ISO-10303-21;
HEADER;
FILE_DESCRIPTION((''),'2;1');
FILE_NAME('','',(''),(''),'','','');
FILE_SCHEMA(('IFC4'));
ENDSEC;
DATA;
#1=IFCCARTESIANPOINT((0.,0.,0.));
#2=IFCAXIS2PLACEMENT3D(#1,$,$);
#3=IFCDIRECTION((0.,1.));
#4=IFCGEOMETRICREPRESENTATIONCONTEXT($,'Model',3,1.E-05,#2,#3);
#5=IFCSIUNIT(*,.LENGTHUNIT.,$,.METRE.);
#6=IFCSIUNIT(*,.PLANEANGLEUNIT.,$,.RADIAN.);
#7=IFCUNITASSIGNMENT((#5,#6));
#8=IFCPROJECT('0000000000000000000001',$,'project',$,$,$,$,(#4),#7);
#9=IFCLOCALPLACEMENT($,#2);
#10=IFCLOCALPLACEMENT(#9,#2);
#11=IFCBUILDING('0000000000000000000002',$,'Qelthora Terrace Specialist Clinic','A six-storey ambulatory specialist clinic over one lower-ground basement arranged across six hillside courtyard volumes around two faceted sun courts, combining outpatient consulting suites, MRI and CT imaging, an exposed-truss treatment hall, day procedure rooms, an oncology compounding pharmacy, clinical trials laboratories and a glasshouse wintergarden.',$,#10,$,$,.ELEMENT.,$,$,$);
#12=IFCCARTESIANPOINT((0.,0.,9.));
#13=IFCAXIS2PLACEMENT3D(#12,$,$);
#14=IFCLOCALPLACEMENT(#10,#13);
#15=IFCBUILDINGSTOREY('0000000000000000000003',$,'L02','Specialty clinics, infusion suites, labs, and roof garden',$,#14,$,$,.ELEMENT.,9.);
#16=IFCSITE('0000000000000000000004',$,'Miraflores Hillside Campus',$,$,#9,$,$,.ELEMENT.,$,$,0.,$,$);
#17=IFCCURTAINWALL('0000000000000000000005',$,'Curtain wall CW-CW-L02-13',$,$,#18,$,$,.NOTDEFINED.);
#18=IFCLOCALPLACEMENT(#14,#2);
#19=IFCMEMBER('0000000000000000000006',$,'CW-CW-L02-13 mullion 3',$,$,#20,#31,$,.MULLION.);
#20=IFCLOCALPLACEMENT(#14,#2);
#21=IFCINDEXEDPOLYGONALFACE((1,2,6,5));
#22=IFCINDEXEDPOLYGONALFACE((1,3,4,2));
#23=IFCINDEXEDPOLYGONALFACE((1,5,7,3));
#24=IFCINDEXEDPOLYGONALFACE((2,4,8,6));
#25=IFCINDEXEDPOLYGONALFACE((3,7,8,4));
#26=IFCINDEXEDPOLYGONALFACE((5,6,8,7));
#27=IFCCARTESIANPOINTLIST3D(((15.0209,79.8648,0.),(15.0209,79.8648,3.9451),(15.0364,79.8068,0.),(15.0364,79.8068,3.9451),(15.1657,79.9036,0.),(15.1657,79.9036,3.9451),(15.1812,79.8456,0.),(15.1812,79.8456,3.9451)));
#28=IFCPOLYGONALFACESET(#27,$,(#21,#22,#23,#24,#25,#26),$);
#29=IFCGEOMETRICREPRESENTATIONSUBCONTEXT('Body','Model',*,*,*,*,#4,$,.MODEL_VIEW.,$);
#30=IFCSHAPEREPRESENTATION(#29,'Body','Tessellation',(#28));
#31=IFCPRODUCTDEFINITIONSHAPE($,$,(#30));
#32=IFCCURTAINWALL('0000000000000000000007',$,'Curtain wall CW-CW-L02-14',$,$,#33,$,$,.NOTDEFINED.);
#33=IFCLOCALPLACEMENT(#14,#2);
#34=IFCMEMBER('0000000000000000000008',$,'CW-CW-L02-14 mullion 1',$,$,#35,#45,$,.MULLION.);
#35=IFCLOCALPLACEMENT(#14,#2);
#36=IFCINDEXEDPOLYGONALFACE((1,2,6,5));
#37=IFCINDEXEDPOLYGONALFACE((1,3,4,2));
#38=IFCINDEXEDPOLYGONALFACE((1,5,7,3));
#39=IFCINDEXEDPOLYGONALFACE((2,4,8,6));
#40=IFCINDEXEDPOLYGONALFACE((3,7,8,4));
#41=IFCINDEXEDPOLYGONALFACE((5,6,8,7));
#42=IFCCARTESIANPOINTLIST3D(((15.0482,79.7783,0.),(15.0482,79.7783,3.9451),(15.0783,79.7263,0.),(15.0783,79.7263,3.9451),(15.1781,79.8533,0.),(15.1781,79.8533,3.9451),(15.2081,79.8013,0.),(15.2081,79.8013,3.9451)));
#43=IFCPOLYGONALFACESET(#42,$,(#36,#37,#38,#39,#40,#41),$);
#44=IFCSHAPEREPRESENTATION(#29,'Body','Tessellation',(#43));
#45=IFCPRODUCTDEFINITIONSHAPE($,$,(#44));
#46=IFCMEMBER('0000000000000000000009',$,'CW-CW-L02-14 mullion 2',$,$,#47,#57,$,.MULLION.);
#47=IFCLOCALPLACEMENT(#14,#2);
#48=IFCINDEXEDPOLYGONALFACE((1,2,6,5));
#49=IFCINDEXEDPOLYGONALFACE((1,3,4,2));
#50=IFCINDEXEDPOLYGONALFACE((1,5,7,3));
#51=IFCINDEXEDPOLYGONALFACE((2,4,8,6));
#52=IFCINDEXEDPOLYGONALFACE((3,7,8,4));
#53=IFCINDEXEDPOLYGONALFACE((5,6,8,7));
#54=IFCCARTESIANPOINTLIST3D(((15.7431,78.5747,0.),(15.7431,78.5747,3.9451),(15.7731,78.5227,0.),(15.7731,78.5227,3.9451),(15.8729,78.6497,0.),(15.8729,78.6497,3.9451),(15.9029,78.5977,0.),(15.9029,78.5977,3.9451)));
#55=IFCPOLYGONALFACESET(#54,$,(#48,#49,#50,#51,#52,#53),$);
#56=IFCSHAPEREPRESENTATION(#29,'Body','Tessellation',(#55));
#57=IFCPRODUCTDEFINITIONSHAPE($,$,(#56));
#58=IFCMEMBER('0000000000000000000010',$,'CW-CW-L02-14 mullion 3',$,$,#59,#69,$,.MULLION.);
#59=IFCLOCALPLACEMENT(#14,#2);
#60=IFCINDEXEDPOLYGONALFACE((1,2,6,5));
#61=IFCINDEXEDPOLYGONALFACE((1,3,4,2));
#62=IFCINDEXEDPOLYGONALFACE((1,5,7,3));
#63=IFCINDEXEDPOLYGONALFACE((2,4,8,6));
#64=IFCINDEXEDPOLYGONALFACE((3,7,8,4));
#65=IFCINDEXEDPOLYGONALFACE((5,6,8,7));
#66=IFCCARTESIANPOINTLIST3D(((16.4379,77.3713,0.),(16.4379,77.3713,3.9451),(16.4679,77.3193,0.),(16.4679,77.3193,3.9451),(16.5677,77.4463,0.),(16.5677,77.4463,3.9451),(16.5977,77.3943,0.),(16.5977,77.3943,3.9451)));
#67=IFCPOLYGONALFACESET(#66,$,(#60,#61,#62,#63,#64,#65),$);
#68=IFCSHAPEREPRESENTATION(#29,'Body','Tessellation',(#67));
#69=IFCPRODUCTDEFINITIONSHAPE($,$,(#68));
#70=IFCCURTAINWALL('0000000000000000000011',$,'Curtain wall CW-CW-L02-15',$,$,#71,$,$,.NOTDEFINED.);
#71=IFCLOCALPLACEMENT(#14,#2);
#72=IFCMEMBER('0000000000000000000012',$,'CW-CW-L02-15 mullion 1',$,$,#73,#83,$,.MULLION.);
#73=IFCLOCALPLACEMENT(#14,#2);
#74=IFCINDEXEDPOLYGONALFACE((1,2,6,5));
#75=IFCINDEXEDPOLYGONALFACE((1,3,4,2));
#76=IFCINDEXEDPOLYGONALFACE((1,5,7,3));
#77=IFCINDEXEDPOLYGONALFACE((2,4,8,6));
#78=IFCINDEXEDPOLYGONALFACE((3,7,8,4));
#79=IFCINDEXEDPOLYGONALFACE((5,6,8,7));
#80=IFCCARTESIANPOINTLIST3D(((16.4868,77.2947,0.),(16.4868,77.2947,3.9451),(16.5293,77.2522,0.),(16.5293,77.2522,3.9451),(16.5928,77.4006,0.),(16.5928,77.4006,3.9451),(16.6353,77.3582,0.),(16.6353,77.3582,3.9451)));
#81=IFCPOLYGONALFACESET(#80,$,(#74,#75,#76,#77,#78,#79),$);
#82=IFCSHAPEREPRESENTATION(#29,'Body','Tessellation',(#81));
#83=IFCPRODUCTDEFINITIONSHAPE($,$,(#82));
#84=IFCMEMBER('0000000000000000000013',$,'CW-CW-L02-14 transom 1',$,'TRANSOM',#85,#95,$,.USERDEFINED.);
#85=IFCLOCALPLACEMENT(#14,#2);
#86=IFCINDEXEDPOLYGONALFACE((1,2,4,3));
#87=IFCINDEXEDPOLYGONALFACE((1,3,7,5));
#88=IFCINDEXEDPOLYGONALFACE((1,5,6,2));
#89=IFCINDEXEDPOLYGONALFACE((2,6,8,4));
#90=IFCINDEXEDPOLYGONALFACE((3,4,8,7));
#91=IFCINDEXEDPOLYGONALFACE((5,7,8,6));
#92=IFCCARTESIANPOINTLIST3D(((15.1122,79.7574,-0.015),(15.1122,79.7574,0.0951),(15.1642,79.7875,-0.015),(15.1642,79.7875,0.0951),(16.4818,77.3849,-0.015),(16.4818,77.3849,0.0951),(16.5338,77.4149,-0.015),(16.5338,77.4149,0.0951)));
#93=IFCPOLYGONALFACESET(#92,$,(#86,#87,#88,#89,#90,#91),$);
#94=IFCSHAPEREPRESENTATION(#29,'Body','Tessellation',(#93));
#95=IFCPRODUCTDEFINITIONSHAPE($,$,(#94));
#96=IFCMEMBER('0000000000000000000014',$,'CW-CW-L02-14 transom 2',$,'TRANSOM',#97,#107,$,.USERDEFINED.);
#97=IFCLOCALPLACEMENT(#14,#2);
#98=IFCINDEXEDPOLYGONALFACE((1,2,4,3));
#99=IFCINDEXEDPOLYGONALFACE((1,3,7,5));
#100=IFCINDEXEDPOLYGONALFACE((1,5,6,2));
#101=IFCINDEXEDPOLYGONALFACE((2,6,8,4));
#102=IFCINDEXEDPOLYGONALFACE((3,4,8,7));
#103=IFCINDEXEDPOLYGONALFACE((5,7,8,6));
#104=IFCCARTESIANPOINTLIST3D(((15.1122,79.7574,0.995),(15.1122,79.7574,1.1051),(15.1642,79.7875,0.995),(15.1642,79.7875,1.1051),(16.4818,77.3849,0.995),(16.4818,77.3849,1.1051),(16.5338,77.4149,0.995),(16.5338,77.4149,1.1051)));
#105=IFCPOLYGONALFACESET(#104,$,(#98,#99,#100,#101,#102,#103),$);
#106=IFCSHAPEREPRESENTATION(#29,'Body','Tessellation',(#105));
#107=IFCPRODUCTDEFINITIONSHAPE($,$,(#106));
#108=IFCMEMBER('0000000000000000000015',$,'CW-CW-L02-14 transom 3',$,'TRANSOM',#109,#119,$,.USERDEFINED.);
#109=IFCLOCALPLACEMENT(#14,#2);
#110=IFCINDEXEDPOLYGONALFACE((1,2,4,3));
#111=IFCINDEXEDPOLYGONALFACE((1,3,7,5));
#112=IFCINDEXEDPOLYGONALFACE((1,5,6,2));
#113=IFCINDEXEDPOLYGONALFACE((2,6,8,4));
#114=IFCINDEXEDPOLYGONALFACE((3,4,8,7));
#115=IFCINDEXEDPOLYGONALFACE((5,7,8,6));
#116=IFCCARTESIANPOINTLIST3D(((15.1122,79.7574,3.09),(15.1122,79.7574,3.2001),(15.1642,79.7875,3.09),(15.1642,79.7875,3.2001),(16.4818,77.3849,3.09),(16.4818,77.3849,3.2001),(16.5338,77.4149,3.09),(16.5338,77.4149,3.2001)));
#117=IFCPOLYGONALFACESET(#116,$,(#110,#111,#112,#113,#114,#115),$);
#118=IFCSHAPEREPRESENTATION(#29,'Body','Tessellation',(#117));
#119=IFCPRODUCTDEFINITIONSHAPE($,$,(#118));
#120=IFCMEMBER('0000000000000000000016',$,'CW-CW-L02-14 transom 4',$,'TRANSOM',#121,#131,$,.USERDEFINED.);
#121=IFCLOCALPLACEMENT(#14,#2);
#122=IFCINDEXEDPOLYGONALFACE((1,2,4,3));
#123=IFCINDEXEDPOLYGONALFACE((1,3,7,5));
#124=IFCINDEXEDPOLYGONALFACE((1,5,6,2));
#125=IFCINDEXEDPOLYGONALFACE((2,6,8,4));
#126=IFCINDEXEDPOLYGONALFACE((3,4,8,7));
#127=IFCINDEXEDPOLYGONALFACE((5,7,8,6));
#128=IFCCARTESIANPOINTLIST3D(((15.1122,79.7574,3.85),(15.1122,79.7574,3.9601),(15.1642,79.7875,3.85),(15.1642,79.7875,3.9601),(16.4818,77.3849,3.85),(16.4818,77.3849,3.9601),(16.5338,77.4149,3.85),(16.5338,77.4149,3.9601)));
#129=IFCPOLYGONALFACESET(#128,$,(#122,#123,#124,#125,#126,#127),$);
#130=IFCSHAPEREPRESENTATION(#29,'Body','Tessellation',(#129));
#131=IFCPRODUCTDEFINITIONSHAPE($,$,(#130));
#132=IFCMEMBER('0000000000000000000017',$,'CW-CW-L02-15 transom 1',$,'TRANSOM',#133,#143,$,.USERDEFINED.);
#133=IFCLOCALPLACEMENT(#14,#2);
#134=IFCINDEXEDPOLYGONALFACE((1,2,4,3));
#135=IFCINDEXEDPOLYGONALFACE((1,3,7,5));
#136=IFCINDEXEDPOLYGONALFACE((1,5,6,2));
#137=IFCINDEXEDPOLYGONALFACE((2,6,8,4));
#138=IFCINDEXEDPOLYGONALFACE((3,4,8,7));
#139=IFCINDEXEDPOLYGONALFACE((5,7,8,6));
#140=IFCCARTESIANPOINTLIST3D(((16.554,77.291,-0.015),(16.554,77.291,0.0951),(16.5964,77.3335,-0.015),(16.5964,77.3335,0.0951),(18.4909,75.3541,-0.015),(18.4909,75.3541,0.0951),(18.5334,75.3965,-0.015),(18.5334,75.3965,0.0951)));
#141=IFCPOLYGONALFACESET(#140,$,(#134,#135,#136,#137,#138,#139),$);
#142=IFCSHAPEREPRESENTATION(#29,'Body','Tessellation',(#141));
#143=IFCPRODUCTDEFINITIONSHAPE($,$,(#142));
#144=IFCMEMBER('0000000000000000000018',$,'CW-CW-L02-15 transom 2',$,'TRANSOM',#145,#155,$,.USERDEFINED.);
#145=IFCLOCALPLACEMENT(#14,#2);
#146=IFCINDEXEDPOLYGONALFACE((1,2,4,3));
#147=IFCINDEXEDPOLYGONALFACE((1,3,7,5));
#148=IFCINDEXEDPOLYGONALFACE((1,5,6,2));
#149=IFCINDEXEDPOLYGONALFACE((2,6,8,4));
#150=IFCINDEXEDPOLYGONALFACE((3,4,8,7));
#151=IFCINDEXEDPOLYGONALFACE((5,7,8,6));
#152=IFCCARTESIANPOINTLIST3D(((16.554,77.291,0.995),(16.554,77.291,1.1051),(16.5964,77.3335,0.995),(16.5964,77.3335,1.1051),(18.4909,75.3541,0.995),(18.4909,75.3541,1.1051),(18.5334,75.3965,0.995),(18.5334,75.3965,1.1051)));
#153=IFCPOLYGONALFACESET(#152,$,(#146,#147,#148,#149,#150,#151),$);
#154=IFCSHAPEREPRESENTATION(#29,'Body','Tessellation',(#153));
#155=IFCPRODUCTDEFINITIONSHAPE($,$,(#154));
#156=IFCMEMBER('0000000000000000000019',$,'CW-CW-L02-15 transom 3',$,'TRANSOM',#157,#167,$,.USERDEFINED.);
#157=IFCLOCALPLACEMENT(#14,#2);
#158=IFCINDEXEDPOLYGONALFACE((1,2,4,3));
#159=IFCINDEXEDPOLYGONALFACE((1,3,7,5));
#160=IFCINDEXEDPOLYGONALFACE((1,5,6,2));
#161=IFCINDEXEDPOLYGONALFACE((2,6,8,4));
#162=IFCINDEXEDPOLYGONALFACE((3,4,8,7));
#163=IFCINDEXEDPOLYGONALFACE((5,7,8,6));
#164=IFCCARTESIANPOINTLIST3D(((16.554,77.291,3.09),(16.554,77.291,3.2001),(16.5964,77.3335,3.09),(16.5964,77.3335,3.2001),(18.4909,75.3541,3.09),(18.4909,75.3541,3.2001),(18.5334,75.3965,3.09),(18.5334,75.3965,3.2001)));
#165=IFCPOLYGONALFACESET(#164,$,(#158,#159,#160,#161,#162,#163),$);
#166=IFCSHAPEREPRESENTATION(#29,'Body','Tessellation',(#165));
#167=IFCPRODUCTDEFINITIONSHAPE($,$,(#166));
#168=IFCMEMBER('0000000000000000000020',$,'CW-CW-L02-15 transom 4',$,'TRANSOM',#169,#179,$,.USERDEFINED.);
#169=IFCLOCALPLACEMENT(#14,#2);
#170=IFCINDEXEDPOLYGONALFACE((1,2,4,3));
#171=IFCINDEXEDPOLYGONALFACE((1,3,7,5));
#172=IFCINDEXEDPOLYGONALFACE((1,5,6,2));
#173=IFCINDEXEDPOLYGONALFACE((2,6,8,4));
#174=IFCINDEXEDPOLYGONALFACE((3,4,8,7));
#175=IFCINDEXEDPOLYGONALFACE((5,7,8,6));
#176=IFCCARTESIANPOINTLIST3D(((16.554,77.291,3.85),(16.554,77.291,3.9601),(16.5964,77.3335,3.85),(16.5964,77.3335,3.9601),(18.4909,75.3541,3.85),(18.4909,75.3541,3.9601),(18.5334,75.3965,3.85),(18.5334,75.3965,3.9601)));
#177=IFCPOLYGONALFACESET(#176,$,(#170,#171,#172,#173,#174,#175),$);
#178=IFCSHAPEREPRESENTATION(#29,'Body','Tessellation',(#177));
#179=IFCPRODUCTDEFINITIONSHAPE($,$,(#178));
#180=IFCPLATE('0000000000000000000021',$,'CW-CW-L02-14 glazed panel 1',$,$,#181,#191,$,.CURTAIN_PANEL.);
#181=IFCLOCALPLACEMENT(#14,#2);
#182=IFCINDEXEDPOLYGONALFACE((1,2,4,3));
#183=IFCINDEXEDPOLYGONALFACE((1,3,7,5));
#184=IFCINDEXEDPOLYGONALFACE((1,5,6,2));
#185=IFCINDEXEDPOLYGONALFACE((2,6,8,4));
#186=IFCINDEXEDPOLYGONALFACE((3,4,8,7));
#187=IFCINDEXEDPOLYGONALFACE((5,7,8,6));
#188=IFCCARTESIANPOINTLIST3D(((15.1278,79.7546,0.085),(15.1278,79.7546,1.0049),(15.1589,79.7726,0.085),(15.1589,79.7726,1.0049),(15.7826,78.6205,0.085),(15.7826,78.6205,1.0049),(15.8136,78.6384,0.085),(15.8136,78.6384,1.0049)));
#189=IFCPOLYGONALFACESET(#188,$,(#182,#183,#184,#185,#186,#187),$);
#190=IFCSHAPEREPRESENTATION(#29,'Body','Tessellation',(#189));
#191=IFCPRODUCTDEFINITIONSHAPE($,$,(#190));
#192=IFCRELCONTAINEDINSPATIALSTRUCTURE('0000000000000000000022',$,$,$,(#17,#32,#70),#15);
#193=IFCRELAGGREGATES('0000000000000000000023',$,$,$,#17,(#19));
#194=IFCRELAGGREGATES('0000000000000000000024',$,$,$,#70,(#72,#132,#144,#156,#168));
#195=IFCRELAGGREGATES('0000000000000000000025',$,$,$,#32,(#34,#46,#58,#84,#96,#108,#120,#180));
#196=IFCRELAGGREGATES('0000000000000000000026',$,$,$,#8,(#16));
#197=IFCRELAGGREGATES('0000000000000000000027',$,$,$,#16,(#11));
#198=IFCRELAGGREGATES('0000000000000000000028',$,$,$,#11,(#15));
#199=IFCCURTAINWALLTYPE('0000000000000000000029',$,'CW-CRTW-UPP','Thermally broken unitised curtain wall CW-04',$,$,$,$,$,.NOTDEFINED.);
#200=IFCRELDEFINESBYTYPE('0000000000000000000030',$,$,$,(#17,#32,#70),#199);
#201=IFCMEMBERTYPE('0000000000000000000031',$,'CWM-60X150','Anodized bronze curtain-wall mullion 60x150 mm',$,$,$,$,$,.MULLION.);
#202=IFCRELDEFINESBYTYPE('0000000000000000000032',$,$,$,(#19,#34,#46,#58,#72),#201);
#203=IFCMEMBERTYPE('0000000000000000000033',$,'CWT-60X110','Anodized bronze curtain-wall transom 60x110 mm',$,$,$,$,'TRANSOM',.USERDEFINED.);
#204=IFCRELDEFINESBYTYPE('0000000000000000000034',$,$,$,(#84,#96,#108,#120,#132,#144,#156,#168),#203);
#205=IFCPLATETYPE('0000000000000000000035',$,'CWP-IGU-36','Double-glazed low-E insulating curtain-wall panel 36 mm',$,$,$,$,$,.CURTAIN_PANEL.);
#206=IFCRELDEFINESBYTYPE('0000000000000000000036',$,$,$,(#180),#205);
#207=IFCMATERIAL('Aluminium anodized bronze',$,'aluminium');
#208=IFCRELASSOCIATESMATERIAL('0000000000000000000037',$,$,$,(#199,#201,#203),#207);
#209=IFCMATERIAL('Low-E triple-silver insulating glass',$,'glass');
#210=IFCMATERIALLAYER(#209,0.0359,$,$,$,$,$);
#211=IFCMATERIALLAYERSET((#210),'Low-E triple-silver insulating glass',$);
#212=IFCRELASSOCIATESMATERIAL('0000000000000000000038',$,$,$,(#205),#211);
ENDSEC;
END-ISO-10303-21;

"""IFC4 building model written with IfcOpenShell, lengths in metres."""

from ifc_helpers import new_model, si_unit, direction, frame, origin, origin_2d, place, context, subcontext, project, spatial, rectangle, extrude, material, layer, layer_set, material_profile, profile_set, type_object, element, aggregate, save


model = new_model("IFC4")

# Units and contexts
model_context = context("Model", 3, precision=1e-05, world=origin(), true_north=direction((0.0, 1.0)))
body_context = subcontext(model_context, "Body", "Model", "MODEL_VIEW")
ifc_project = project(units=[si_unit("LENGTHUNIT", "METRE"), si_unit("PLANEANGLEUNIT", "RADIAN")], contexts=[model_context])

# Site, building, storey
site_placement = place(None, origin())
site = spatial("IfcSite", under=ifc_project, at=site_placement, Name="Miraflores Hillside Campus", CompositionType="ELEMENT", RefElevation=0.0)
building_placement = place(site_placement, origin())
building = spatial("IfcBuilding", under=site, at=building_placement, Name="Qelthora Terrace Specialist Clinic", Description="A six-storey ambulatory specialist clinic over one lower-ground basement arranged across six hillside courtyard volumes around two faceted sun courts, combining outpatient consulting suites, MRI and CT imaging, an exposed-truss treatment hall, day procedure rooms, an oncology compounding pharmacy, clinical trials laboratories and a glasshouse wintergarden.", CompositionType="ELEMENT")
storey_placement = place(building_placement, frame((0.0, 0.0, 9.0)))
storey = spatial("IfcBuildingStorey", under=building, at=storey_placement, Name="L02", Description="Specialty clinics, infusion suites, labs, and roof garden", CompositionType="ELEMENT", Elevation=9.0)

# Curtain wall, member
ifc_material_1 = material(Name="Aluminium anodized bronze", Category="aluminium")
curtain_wall_type = type_object("IfcCurtainWallType", Name="CW-CRTW-UPP", Description="Thermally broken unitised curtain wall CW-04", PredefinedType="NOTDEFINED", material=ifc_material_1)
curtain_wall_1_placement = place(storey_placement, origin())
curtain_wall_1 = element("IfcCurtainWall", 1, at=curtain_wall_1_placement, inside=storey, type_object=curtain_wall_type, Name="Curtain wall CW-CW-L02-13", PredefinedType="NOTDEFINED")
ifc_material_profile_1 = material_profile(ifc_material_1, rectangle(XDim=0.0601, YDim=0.1499, at=origin_2d()), Name="CWM60X150")
ifc_profile_set_1 = profile_set([ifc_material_profile_1], Name="Aluminium anodized bronze")
member_type_1 = type_object("IfcMemberType", Name="CWM-60X150", Description="Anodized bronze curtain-wall mullion 60x150 mm", PredefinedType="MULLION", material=ifc_profile_set_1)
member_1_placement = place(storey_placement, frame((15.1011, 79.8552, 0.0), z_axis=(0.0, 0.0, 1.0), x_axis=(0.25882, -0.965925, 0.0)))
member_1 = element("IfcMember", 2, at=member_1_placement, type_object=member_type_1, Name="CW-CW-L02-13 mullion 3", PredefinedType="MULLION", context=body_context, shape_type="SweptSolid", body=[
    extrude(rectangle(XDim=0.0601, YDim=0.1499, at=origin_2d()), origin(), (0.0, 0.0, 1.0), 3.9451),
])
aggregate(curtain_wall_1, [member_1])

# Curtain wall, members
curtain_wall_2_placement = place(storey_placement, origin())
curtain_wall_2 = element("IfcCurtainWall", 3, at=curtain_wall_2_placement, inside=storey, type_object=curtain_wall_type, Name="Curtain wall CW-CW-L02-14", PredefinedType="NOTDEFINED")
member_2_placement = place(storey_placement, frame((15.1282, 79.7898, 0.0), z_axis=(0.0, 0.0, 1.0), x_axis=(0.5, -0.866026, 0.0)))
member_2 = element("IfcMember", 4, at=member_2_placement, type_object=member_type_1, Name="CW-CW-L02-14 mullion 1", PredefinedType="MULLION", context=body_context, shape_type="SweptSolid", body=[
    extrude(rectangle(XDim=0.0601, YDim=0.1499, at=origin_2d()), origin(), (0.0, 0.0, 1.0), 3.9451),
])
member_3_placement = place(storey_placement, frame((15.823, 78.5862, 0.0), z_axis=(0.0, 0.0, 1.0), x_axis=(0.5, -0.866026, 0.0)))
member_3 = element("IfcMember", 5, at=member_3_placement, type_object=member_type_1, Name="CW-CW-L02-14 mullion 2", PredefinedType="MULLION", context=body_context, shape_type="SweptSolid", body=[
    extrude(rectangle(XDim=0.0601, YDim=0.1499, at=origin_2d()), origin(), (0.0, 0.0, 1.0), 3.9451),
])
member_4_placement = place(storey_placement, frame((16.5178, 77.3828, 0.0), z_axis=(0.0, 0.0, 1.0), x_axis=(0.5, -0.866026, 0.0)))
member_4 = element("IfcMember", 6, at=member_4_placement, type_object=member_type_1, Name="CW-CW-L02-14 mullion 3", PredefinedType="MULLION", context=body_context, shape_type="SweptSolid", body=[
    extrude(rectangle(XDim=0.0601, YDim=0.1499, at=origin_2d()), origin(), (0.0, 0.0, 1.0), 3.9451),
])

# Curtain wall, member
curtain_wall_3_placement = place(storey_placement, origin())
curtain_wall_3 = element("IfcCurtainWall", 7, at=curtain_wall_3_placement, inside=storey, type_object=curtain_wall_type, Name="Curtain wall CW-CW-L02-15", PredefinedType="NOTDEFINED")
member_5_placement = place(storey_placement, frame((16.561, 77.3264, 0.0), z_axis=(0.0, 0.0, 1.0), x_axis=(0.707107, -0.707107, 0.0)))
member_5 = element("IfcMember", 8, at=member_5_placement, type_object=member_type_1, Name="CW-CW-L02-15 mullion 1", PredefinedType="MULLION", context=body_context, shape_type="SweptSolid", body=[
    extrude(rectangle(XDim=0.0601, YDim=0.1499, at=origin_2d()), origin(), (0.0, 0.0, 1.0), 3.9451),
])

# Members
ifc_material_profile_2 = material_profile(ifc_material_1, rectangle(XDim=0.0601, YDim=0.1101, at=origin_2d()), Name="CWT60X110")
ifc_profile_set_2 = profile_set([ifc_material_profile_2], Name="Aluminium anodized bronze")
member_type_2 = type_object("IfcMemberType", Name="CWT-60X110", Description="Anodized bronze curtain-wall transom 60x110 mm", ElementType="TRANSOM", PredefinedType="USERDEFINED", material=ifc_profile_set_2)
member_6_placement = place(storey_placement, frame((15.1382, 79.7725, 0.04), z_axis=(0.499954, -0.866052, 0.0), x_axis=(0.866052, 0.499954, 0.0)))
member_6 = element("IfcMember", 9, at=member_6_placement, type_object=member_type_2, Name="CW-CW-L02-14 transom 1", ObjectType="TRANSOM", PredefinedType="USERDEFINED", context=body_context, shape_type="SweptSolid", body=[
    extrude(rectangle(XDim=0.0601, YDim=0.1101, at=origin_2d()), origin(), (0.0, 0.0, 1.0), 2.7395),
])
member_7_placement = place(storey_placement, frame((15.1382, 79.7725, 1.05), z_axis=(0.499954, -0.866052, 0.0), x_axis=(0.866052, 0.499954, 0.0)))
member_7 = element("IfcMember", 10, at=member_7_placement, type_object=member_type_2, Name="CW-CW-L02-14 transom 2", ObjectType="TRANSOM", PredefinedType="USERDEFINED", context=body_context, shape_type="SweptSolid", body=[
    extrude(rectangle(XDim=0.0601, YDim=0.1101, at=origin_2d()), origin(), (0.0, 0.0, 1.0), 2.7395),
])
member_8_placement = place(storey_placement, frame((15.1382, 79.7725, 3.145), z_axis=(0.499954, -0.866052, 0.0), x_axis=(0.866052, 0.499954, 0.0)))
member_8 = element("IfcMember", 11, at=member_8_placement, type_object=member_type_2, Name="CW-CW-L02-14 transom 3", ObjectType="TRANSOM", PredefinedType="USERDEFINED", context=body_context, shape_type="SweptSolid", body=[
    extrude(rectangle(XDim=0.0601, YDim=0.1101, at=origin_2d()), origin(), (0.0, 0.0, 1.0), 2.7395),
])
member_9_placement = place(storey_placement, frame((15.1382, 79.7725, 3.905), z_axis=(0.499954, -0.866052, 0.0), x_axis=(0.866052, 0.499954, 0.0)))
member_9 = element("IfcMember", 12, at=member_9_placement, type_object=member_type_2, Name="CW-CW-L02-14 transom 4", ObjectType="TRANSOM", PredefinedType="USERDEFINED", context=body_context, shape_type="SweptSolid", body=[
    extrude(rectangle(XDim=0.0601, YDim=0.1101, at=origin_2d()), origin(), (0.0, 0.0, 1.0), 2.7395),
])
member_10_placement = place(storey_placement, frame((16.5752, 77.3123, 0.04), z_axis=(0.707107, -0.707107, 0.0), x_axis=(0.707107, 0.707107, 0.0)))
member_10 = element("IfcMember", 13, at=member_10_placement, type_object=member_type_2, Name="CW-CW-L02-15 transom 1", ObjectType="TRANSOM", PredefinedType="USERDEFINED", context=body_context, shape_type="SweptSolid", body=[
    extrude(rectangle(XDim=0.0601, YDim=0.1101, at=origin_2d()), origin(), (0.0, 0.0, 1.0), 2.7393),
])
member_11_placement = place(storey_placement, frame((16.5752, 77.3123, 1.05), z_axis=(0.707107, -0.707107, 0.0), x_axis=(0.707107, 0.707107, 0.0)))
member_11 = element("IfcMember", 14, at=member_11_placement, type_object=member_type_2, Name="CW-CW-L02-15 transom 2", ObjectType="TRANSOM", PredefinedType="USERDEFINED", context=body_context, shape_type="SweptSolid", body=[
    extrude(rectangle(XDim=0.0601, YDim=0.1101, at=origin_2d()), origin(), (0.0, 0.0, 1.0), 2.7393),
])
member_12_placement = place(storey_placement, frame((16.5752, 77.3123, 3.145), z_axis=(0.707107, -0.707107, 0.0), x_axis=(0.707107, 0.707107, 0.0)))
member_12 = element("IfcMember", 15, at=member_12_placement, type_object=member_type_2, Name="CW-CW-L02-15 transom 3", ObjectType="TRANSOM", PredefinedType="USERDEFINED", context=body_context, shape_type="SweptSolid", body=[
    extrude(rectangle(XDim=0.0601, YDim=0.1101, at=origin_2d()), origin(), (0.0, 0.0, 1.0), 2.7393),
])
member_13_placement = place(storey_placement, frame((16.5752, 77.3123, 3.905), z_axis=(0.707107, -0.707107, 0.0), x_axis=(0.707107, 0.707107, 0.0)))
member_13 = element("IfcMember", 16, at=member_13_placement, type_object=member_type_2, Name="CW-CW-L02-15 transom 4", ObjectType="TRANSOM", PredefinedType="USERDEFINED", context=body_context, shape_type="SweptSolid", body=[
    extrude(rectangle(XDim=0.0601, YDim=0.1101, at=origin_2d()), origin(), (0.0, 0.0, 1.0), 2.7393),
])
aggregate(curtain_wall_3, [member_5, member_10, member_11, member_12, member_13])

# Plate
ifc_material_2 = material(Name="Low-E triple-silver insulating glass", Category="glass")
ifc_layer = layer(ifc_material_2, 0.0359)
ifc_layer_set = layer_set([ifc_layer], Name="Low-E triple-silver insulating glass")
plate_type = type_object("IfcPlateType", Name="CWP-IGU-36", Description="Double-glazed low-E insulating curtain-wall panel 36 mm", PredefinedType="CURTAIN_PANEL", material=ifc_layer_set)
plate_1_placement = place(storey_placement, frame((15.4707, 79.1965, 0.085), z_axis=(0.0, 0.0, 1.0), x_axis=(0.5, -0.866025, 0.0)))
plate_1 = element("IfcPlate", 17, at=plate_1_placement, type_object=plate_type, Name="CW-CW-L02-14 glazed panel 1", PredefinedType="CURTAIN_PANEL", context=body_context, shape_type="SweptSolid", body=[
    extrude(rectangle(XDim=1.3096, YDim=0.0359, at=origin_2d()), origin(), (0.0, 0.0, 1.0), 0.9199),
])
aggregate(curtain_wall_2, [member_2, member_3, member_4, member_6, member_7, member_8, member_9, plate_1])

save(model, "model.ifc")
